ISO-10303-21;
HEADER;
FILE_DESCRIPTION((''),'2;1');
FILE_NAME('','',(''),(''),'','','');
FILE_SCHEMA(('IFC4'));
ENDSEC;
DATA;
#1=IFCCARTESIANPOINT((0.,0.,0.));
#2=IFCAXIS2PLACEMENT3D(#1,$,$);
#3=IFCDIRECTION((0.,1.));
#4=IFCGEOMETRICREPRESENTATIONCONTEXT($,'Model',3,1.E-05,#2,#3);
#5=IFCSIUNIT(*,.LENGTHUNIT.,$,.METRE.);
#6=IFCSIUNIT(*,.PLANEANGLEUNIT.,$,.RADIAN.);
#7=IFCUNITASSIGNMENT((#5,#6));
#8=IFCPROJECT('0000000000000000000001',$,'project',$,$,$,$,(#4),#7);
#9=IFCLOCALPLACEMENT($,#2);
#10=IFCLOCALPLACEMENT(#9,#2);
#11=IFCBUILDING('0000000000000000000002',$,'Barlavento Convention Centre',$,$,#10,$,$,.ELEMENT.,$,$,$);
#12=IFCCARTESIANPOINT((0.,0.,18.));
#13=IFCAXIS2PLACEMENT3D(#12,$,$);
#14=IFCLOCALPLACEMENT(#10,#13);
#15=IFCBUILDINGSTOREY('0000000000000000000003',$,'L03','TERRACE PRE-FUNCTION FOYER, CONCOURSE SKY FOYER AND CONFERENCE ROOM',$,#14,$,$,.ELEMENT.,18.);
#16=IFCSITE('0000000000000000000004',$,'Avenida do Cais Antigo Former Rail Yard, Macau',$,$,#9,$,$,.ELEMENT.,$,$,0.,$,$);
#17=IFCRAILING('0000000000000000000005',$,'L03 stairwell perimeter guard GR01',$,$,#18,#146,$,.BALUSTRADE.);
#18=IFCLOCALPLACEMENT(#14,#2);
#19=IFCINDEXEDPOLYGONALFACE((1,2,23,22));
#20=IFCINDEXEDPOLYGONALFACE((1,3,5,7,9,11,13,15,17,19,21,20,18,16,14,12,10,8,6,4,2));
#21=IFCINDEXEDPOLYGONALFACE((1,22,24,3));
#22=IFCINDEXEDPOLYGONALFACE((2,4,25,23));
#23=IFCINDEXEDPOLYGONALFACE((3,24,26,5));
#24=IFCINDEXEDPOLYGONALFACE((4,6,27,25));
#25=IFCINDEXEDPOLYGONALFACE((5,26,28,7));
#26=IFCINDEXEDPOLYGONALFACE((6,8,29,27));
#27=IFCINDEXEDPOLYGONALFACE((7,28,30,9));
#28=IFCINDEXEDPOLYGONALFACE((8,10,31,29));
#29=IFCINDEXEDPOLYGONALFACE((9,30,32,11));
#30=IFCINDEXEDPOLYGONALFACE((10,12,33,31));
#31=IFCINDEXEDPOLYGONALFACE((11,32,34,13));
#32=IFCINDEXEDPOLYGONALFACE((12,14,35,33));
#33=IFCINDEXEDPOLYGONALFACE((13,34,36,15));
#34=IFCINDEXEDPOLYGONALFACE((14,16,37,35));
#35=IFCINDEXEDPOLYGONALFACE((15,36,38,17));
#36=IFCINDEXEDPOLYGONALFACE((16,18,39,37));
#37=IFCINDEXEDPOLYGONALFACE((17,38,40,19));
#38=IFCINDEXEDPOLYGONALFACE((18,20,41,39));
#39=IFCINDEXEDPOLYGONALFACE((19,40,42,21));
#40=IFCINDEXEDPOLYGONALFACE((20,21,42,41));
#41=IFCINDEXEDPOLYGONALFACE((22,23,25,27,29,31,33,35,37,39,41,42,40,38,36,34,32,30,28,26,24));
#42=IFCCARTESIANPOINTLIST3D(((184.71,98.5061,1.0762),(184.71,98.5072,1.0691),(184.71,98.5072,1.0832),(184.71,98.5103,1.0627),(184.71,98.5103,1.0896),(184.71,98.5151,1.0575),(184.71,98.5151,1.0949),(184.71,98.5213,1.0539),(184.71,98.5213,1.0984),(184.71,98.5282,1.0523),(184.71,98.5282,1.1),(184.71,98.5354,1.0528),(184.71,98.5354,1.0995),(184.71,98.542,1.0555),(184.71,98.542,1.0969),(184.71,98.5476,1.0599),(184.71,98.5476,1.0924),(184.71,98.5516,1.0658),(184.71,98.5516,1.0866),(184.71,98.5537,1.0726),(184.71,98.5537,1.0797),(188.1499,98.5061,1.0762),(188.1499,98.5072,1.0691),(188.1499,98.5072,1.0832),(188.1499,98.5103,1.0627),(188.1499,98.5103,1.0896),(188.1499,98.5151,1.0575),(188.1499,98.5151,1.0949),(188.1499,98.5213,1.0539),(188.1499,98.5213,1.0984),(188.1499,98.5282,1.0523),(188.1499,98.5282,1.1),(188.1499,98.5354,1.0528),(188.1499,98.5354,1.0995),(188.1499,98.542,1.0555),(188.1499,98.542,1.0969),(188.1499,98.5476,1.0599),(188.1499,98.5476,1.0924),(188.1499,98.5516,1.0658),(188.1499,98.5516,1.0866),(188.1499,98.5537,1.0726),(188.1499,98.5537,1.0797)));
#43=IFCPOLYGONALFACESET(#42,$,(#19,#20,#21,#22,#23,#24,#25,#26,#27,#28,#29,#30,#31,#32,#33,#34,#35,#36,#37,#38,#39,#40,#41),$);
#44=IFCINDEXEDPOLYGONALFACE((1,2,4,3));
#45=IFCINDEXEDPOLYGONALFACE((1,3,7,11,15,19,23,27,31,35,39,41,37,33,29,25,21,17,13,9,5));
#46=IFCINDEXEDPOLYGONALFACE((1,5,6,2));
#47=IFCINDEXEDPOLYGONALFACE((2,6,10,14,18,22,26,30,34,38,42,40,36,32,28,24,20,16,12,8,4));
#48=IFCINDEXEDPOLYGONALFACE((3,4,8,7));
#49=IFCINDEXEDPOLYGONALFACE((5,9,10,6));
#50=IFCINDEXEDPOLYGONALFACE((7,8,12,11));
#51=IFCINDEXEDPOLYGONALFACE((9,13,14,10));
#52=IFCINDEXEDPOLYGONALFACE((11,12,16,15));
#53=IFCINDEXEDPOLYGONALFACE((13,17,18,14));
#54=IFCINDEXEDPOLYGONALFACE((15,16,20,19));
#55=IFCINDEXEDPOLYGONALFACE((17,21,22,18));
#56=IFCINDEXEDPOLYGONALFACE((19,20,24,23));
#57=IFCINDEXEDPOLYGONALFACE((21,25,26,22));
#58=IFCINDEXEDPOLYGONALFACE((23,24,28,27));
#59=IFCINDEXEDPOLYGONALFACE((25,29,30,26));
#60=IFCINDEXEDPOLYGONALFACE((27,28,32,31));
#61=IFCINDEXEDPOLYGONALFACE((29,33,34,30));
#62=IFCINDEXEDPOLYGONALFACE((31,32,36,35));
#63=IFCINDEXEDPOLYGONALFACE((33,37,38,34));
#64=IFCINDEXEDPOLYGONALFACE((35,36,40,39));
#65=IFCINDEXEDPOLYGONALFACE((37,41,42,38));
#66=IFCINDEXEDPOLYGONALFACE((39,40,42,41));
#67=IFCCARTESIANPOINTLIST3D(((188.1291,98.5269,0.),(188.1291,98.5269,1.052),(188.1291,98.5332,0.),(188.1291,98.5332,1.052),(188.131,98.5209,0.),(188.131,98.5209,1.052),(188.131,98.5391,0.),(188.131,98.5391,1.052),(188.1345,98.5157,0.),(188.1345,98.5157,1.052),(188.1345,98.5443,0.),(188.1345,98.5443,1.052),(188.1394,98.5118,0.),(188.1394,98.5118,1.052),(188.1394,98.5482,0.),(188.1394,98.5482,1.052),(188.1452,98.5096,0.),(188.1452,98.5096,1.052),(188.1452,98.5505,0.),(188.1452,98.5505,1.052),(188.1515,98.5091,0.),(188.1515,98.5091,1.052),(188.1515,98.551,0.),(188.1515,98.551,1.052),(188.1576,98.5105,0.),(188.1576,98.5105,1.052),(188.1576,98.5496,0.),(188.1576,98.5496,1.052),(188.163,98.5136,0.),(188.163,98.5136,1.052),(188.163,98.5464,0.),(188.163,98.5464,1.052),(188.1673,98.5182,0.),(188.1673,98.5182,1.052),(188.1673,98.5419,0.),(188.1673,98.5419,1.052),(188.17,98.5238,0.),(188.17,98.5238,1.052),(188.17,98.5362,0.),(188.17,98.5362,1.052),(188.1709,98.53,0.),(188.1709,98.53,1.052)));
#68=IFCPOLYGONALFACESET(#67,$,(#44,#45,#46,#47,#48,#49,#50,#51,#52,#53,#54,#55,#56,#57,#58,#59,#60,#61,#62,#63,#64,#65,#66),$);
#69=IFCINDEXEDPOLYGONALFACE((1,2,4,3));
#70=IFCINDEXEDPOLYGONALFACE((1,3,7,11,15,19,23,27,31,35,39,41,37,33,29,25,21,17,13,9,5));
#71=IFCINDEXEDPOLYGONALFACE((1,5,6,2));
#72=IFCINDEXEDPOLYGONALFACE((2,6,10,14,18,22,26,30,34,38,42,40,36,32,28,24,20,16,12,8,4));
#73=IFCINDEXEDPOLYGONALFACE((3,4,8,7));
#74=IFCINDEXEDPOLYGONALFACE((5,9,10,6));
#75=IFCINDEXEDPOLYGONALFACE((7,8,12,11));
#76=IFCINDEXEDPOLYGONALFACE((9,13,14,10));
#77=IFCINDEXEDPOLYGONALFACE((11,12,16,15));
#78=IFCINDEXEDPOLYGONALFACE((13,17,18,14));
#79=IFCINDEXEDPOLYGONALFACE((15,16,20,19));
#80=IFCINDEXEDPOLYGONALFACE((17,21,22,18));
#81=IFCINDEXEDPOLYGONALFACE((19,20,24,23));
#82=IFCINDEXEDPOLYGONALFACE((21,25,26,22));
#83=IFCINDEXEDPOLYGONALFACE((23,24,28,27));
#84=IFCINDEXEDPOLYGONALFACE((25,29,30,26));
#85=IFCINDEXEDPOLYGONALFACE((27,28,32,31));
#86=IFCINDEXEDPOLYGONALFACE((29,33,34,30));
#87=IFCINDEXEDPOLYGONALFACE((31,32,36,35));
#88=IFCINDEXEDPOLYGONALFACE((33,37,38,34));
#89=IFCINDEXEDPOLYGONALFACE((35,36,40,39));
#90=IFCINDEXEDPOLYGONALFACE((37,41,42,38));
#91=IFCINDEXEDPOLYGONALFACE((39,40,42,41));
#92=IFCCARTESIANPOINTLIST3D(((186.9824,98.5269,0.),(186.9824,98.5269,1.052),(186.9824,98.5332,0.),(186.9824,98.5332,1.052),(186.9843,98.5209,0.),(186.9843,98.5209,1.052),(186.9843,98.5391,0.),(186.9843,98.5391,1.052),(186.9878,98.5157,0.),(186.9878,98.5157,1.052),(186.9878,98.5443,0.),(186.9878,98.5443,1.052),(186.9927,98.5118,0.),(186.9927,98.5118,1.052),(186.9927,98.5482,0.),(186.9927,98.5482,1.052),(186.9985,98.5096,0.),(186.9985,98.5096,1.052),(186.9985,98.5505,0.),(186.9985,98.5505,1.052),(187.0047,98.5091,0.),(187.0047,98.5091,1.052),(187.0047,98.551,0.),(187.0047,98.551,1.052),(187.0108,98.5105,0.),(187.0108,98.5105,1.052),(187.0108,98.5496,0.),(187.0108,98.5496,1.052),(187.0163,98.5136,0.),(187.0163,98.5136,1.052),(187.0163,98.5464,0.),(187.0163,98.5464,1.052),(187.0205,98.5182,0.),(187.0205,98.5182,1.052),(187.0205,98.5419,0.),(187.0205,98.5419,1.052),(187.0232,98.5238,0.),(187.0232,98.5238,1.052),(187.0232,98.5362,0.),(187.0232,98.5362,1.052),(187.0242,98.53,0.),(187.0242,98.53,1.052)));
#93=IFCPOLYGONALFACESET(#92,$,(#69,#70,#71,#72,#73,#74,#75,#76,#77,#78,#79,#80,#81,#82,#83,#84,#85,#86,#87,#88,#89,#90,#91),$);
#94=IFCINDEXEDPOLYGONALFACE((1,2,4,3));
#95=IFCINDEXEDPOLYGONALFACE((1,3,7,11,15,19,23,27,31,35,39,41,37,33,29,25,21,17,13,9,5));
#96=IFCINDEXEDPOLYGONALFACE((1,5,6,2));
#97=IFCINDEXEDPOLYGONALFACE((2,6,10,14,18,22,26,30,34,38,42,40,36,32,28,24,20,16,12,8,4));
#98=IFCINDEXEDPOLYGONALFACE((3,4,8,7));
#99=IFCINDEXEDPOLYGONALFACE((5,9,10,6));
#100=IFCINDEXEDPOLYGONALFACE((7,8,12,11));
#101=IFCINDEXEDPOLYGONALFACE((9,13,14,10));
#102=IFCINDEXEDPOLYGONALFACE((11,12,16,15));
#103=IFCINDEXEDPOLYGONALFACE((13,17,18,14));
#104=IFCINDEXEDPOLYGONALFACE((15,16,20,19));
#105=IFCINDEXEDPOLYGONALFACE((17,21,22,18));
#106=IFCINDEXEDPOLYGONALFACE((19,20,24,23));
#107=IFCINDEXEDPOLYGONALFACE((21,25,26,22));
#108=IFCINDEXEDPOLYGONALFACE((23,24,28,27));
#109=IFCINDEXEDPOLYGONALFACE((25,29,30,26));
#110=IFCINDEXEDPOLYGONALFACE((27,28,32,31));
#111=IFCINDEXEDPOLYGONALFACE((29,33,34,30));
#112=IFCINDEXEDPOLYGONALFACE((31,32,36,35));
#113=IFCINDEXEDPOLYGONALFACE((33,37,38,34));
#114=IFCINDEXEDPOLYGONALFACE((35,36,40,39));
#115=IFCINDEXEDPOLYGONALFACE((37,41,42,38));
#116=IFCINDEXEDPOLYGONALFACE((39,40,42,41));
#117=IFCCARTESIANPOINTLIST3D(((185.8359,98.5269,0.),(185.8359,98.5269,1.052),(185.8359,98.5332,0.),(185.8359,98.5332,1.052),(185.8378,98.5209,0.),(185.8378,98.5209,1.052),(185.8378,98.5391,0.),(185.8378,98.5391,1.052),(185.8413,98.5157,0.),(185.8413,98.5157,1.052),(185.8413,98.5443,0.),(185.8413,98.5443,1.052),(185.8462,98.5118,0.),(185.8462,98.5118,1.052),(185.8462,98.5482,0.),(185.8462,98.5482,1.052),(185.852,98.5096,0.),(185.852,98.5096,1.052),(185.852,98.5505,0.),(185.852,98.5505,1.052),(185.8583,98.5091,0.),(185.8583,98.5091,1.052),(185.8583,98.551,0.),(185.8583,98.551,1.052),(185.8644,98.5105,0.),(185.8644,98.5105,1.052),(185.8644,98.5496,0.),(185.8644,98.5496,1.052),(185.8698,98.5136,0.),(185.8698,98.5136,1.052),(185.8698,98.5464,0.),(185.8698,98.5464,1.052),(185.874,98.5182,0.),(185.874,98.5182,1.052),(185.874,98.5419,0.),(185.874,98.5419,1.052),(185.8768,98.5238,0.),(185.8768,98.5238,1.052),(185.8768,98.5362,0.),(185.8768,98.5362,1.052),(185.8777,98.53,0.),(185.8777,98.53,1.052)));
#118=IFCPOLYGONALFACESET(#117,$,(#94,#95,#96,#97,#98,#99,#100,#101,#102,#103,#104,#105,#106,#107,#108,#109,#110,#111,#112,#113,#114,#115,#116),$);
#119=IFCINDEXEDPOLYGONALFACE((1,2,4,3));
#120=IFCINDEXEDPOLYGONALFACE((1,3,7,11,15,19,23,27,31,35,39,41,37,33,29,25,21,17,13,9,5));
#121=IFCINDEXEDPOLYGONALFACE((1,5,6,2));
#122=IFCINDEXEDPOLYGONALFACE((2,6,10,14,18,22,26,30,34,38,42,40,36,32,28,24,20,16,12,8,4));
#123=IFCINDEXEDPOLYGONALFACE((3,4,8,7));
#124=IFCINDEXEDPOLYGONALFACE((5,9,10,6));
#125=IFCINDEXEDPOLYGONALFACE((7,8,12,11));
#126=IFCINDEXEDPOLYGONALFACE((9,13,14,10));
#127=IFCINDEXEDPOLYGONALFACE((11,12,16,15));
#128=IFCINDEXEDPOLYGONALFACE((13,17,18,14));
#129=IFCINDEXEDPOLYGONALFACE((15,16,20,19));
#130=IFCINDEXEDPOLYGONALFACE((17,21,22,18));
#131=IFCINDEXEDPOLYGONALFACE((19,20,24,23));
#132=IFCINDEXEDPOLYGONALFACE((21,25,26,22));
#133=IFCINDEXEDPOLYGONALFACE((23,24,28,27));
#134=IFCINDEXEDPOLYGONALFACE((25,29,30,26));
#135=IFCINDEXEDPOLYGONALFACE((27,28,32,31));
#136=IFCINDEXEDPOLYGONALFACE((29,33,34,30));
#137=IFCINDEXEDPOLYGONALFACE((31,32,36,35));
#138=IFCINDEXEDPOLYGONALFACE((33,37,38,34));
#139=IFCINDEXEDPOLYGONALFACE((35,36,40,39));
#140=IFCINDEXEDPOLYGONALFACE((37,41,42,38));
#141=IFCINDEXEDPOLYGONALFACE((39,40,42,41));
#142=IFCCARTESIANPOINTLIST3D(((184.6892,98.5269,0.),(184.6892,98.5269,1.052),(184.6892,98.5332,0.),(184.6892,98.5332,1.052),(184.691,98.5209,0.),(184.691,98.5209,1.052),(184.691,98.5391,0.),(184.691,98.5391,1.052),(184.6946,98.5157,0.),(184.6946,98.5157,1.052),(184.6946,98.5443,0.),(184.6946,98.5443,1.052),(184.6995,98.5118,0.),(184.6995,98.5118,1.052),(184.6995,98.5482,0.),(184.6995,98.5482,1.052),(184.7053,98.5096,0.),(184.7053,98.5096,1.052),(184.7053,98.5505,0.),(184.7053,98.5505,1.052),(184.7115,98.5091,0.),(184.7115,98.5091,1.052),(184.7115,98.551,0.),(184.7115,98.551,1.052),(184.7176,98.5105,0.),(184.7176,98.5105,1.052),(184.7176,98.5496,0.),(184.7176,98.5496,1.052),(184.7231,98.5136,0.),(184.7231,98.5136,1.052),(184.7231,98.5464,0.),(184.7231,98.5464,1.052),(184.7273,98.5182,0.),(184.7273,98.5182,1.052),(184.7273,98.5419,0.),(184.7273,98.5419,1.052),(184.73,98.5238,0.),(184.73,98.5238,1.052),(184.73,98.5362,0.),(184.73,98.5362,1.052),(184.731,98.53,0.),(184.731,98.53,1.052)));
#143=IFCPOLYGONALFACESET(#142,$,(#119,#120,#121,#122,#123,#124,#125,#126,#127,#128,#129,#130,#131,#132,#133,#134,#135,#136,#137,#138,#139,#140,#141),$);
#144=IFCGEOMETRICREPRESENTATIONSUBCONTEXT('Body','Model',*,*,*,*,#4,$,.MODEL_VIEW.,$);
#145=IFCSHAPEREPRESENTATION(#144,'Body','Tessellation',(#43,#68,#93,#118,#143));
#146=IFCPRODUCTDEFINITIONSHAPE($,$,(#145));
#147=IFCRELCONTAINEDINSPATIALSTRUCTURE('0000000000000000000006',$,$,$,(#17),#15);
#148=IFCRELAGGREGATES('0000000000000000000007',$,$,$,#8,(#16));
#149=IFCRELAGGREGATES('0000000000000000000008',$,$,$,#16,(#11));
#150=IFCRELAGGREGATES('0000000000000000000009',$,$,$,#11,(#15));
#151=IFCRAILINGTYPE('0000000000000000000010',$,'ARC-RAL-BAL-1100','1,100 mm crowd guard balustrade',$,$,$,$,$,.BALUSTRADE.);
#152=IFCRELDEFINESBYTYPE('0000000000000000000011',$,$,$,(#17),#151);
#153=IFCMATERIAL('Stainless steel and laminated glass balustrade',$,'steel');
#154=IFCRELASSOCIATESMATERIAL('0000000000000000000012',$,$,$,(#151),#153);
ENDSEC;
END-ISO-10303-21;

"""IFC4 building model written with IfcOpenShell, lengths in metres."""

from ifc_helpers import new_model, si_unit, direction, frame, origin, origin_2d, place, context, subcontext, project, spatial, circle, extrude, material, type_object, element, save


model = new_model("IFC4")

# Units and contexts
model_context = context("Model", 3, precision=1e-05, world=origin(), true_north=direction((0.0, 1.0)))
body_context = subcontext(model_context, "Body", "Model", "MODEL_VIEW")
ifc_project = project(units=[si_unit("LENGTHUNIT", "METRE"), si_unit("PLANEANGLEUNIT", "RADIAN")], contexts=[model_context])

# Site, building, storey
site_placement = place(None, origin())
site = spatial("IfcSite", under=ifc_project, at=site_placement, Name="Avenida do Cais Antigo Former Rail Yard, Macau", CompositionType="ELEMENT", RefElevation=0.0)
building_placement = place(site_placement, origin())
building = spatial("IfcBuilding", under=site, at=building_placement, Name="Barlavento Convention Centre", CompositionType="ELEMENT")
storey_placement = place(building_placement, frame((0.0, 0.0, 18.0)))
storey = spatial("IfcBuildingStorey", under=building, at=storey_placement, Name="L03", Description="TERRACE PRE-FUNCTION FOYER, CONCOURSE SKY FOYER AND CONFERENCE ROOM", CompositionType="ELEMENT", Elevation=18.0)

# Railing
ifc_material_1 = material(Name="Stainless steel and laminated glass balustrade", Category="steel")
railing_type_1 = type_object("IfcRailingType", Name="ARC-RAL-BAL-1100", Description="1,100 mm crowd guard balustrade", PredefinedType="BALUSTRADE", material=ifc_material_1)
railing_1_placement = place(storey_placement, frame((188.1499, 98.53, 0.0)))
element("IfcRailing", 1, at=railing_1_placement, inside=storey, type_object=railing_type_1, Name="L03 stairwell perimeter guard GR01", PredefinedType="BALUSTRADE", context=body_context, shape_type="SweptSolid", body=[
    extrude(circle(Radius=0.0239, at=origin_2d()), frame((0.0, 0.0, 1.0762), z_axis=(-1.0, 0.0, 0.0), x_axis=(0.0, -1.0, 0.0)), (0.0, 0.0, 1.0), 3.4399),
    extrude(circle(Radius=0.021, at=origin_2d()), origin(), (0.0, 0.0, 1.0), 1.052),
    extrude(circle(Radius=0.021, at=origin_2d()), frame((-1.1467, 0.0, 0.0)), (0.0, 0.0, 1.0), 1.052),
    extrude(circle(Radius=0.021, at=origin_2d()), frame((-2.2932, 0.0, 0.0)), (0.0, 0.0, 1.0), 1.052),
    extrude(circle(Radius=0.021, at=origin_2d()), frame((-3.4399, 0.0, 0.0)), (0.0, 0.0, 1.0), 1.052),
])

save(model, "model.ifc")
